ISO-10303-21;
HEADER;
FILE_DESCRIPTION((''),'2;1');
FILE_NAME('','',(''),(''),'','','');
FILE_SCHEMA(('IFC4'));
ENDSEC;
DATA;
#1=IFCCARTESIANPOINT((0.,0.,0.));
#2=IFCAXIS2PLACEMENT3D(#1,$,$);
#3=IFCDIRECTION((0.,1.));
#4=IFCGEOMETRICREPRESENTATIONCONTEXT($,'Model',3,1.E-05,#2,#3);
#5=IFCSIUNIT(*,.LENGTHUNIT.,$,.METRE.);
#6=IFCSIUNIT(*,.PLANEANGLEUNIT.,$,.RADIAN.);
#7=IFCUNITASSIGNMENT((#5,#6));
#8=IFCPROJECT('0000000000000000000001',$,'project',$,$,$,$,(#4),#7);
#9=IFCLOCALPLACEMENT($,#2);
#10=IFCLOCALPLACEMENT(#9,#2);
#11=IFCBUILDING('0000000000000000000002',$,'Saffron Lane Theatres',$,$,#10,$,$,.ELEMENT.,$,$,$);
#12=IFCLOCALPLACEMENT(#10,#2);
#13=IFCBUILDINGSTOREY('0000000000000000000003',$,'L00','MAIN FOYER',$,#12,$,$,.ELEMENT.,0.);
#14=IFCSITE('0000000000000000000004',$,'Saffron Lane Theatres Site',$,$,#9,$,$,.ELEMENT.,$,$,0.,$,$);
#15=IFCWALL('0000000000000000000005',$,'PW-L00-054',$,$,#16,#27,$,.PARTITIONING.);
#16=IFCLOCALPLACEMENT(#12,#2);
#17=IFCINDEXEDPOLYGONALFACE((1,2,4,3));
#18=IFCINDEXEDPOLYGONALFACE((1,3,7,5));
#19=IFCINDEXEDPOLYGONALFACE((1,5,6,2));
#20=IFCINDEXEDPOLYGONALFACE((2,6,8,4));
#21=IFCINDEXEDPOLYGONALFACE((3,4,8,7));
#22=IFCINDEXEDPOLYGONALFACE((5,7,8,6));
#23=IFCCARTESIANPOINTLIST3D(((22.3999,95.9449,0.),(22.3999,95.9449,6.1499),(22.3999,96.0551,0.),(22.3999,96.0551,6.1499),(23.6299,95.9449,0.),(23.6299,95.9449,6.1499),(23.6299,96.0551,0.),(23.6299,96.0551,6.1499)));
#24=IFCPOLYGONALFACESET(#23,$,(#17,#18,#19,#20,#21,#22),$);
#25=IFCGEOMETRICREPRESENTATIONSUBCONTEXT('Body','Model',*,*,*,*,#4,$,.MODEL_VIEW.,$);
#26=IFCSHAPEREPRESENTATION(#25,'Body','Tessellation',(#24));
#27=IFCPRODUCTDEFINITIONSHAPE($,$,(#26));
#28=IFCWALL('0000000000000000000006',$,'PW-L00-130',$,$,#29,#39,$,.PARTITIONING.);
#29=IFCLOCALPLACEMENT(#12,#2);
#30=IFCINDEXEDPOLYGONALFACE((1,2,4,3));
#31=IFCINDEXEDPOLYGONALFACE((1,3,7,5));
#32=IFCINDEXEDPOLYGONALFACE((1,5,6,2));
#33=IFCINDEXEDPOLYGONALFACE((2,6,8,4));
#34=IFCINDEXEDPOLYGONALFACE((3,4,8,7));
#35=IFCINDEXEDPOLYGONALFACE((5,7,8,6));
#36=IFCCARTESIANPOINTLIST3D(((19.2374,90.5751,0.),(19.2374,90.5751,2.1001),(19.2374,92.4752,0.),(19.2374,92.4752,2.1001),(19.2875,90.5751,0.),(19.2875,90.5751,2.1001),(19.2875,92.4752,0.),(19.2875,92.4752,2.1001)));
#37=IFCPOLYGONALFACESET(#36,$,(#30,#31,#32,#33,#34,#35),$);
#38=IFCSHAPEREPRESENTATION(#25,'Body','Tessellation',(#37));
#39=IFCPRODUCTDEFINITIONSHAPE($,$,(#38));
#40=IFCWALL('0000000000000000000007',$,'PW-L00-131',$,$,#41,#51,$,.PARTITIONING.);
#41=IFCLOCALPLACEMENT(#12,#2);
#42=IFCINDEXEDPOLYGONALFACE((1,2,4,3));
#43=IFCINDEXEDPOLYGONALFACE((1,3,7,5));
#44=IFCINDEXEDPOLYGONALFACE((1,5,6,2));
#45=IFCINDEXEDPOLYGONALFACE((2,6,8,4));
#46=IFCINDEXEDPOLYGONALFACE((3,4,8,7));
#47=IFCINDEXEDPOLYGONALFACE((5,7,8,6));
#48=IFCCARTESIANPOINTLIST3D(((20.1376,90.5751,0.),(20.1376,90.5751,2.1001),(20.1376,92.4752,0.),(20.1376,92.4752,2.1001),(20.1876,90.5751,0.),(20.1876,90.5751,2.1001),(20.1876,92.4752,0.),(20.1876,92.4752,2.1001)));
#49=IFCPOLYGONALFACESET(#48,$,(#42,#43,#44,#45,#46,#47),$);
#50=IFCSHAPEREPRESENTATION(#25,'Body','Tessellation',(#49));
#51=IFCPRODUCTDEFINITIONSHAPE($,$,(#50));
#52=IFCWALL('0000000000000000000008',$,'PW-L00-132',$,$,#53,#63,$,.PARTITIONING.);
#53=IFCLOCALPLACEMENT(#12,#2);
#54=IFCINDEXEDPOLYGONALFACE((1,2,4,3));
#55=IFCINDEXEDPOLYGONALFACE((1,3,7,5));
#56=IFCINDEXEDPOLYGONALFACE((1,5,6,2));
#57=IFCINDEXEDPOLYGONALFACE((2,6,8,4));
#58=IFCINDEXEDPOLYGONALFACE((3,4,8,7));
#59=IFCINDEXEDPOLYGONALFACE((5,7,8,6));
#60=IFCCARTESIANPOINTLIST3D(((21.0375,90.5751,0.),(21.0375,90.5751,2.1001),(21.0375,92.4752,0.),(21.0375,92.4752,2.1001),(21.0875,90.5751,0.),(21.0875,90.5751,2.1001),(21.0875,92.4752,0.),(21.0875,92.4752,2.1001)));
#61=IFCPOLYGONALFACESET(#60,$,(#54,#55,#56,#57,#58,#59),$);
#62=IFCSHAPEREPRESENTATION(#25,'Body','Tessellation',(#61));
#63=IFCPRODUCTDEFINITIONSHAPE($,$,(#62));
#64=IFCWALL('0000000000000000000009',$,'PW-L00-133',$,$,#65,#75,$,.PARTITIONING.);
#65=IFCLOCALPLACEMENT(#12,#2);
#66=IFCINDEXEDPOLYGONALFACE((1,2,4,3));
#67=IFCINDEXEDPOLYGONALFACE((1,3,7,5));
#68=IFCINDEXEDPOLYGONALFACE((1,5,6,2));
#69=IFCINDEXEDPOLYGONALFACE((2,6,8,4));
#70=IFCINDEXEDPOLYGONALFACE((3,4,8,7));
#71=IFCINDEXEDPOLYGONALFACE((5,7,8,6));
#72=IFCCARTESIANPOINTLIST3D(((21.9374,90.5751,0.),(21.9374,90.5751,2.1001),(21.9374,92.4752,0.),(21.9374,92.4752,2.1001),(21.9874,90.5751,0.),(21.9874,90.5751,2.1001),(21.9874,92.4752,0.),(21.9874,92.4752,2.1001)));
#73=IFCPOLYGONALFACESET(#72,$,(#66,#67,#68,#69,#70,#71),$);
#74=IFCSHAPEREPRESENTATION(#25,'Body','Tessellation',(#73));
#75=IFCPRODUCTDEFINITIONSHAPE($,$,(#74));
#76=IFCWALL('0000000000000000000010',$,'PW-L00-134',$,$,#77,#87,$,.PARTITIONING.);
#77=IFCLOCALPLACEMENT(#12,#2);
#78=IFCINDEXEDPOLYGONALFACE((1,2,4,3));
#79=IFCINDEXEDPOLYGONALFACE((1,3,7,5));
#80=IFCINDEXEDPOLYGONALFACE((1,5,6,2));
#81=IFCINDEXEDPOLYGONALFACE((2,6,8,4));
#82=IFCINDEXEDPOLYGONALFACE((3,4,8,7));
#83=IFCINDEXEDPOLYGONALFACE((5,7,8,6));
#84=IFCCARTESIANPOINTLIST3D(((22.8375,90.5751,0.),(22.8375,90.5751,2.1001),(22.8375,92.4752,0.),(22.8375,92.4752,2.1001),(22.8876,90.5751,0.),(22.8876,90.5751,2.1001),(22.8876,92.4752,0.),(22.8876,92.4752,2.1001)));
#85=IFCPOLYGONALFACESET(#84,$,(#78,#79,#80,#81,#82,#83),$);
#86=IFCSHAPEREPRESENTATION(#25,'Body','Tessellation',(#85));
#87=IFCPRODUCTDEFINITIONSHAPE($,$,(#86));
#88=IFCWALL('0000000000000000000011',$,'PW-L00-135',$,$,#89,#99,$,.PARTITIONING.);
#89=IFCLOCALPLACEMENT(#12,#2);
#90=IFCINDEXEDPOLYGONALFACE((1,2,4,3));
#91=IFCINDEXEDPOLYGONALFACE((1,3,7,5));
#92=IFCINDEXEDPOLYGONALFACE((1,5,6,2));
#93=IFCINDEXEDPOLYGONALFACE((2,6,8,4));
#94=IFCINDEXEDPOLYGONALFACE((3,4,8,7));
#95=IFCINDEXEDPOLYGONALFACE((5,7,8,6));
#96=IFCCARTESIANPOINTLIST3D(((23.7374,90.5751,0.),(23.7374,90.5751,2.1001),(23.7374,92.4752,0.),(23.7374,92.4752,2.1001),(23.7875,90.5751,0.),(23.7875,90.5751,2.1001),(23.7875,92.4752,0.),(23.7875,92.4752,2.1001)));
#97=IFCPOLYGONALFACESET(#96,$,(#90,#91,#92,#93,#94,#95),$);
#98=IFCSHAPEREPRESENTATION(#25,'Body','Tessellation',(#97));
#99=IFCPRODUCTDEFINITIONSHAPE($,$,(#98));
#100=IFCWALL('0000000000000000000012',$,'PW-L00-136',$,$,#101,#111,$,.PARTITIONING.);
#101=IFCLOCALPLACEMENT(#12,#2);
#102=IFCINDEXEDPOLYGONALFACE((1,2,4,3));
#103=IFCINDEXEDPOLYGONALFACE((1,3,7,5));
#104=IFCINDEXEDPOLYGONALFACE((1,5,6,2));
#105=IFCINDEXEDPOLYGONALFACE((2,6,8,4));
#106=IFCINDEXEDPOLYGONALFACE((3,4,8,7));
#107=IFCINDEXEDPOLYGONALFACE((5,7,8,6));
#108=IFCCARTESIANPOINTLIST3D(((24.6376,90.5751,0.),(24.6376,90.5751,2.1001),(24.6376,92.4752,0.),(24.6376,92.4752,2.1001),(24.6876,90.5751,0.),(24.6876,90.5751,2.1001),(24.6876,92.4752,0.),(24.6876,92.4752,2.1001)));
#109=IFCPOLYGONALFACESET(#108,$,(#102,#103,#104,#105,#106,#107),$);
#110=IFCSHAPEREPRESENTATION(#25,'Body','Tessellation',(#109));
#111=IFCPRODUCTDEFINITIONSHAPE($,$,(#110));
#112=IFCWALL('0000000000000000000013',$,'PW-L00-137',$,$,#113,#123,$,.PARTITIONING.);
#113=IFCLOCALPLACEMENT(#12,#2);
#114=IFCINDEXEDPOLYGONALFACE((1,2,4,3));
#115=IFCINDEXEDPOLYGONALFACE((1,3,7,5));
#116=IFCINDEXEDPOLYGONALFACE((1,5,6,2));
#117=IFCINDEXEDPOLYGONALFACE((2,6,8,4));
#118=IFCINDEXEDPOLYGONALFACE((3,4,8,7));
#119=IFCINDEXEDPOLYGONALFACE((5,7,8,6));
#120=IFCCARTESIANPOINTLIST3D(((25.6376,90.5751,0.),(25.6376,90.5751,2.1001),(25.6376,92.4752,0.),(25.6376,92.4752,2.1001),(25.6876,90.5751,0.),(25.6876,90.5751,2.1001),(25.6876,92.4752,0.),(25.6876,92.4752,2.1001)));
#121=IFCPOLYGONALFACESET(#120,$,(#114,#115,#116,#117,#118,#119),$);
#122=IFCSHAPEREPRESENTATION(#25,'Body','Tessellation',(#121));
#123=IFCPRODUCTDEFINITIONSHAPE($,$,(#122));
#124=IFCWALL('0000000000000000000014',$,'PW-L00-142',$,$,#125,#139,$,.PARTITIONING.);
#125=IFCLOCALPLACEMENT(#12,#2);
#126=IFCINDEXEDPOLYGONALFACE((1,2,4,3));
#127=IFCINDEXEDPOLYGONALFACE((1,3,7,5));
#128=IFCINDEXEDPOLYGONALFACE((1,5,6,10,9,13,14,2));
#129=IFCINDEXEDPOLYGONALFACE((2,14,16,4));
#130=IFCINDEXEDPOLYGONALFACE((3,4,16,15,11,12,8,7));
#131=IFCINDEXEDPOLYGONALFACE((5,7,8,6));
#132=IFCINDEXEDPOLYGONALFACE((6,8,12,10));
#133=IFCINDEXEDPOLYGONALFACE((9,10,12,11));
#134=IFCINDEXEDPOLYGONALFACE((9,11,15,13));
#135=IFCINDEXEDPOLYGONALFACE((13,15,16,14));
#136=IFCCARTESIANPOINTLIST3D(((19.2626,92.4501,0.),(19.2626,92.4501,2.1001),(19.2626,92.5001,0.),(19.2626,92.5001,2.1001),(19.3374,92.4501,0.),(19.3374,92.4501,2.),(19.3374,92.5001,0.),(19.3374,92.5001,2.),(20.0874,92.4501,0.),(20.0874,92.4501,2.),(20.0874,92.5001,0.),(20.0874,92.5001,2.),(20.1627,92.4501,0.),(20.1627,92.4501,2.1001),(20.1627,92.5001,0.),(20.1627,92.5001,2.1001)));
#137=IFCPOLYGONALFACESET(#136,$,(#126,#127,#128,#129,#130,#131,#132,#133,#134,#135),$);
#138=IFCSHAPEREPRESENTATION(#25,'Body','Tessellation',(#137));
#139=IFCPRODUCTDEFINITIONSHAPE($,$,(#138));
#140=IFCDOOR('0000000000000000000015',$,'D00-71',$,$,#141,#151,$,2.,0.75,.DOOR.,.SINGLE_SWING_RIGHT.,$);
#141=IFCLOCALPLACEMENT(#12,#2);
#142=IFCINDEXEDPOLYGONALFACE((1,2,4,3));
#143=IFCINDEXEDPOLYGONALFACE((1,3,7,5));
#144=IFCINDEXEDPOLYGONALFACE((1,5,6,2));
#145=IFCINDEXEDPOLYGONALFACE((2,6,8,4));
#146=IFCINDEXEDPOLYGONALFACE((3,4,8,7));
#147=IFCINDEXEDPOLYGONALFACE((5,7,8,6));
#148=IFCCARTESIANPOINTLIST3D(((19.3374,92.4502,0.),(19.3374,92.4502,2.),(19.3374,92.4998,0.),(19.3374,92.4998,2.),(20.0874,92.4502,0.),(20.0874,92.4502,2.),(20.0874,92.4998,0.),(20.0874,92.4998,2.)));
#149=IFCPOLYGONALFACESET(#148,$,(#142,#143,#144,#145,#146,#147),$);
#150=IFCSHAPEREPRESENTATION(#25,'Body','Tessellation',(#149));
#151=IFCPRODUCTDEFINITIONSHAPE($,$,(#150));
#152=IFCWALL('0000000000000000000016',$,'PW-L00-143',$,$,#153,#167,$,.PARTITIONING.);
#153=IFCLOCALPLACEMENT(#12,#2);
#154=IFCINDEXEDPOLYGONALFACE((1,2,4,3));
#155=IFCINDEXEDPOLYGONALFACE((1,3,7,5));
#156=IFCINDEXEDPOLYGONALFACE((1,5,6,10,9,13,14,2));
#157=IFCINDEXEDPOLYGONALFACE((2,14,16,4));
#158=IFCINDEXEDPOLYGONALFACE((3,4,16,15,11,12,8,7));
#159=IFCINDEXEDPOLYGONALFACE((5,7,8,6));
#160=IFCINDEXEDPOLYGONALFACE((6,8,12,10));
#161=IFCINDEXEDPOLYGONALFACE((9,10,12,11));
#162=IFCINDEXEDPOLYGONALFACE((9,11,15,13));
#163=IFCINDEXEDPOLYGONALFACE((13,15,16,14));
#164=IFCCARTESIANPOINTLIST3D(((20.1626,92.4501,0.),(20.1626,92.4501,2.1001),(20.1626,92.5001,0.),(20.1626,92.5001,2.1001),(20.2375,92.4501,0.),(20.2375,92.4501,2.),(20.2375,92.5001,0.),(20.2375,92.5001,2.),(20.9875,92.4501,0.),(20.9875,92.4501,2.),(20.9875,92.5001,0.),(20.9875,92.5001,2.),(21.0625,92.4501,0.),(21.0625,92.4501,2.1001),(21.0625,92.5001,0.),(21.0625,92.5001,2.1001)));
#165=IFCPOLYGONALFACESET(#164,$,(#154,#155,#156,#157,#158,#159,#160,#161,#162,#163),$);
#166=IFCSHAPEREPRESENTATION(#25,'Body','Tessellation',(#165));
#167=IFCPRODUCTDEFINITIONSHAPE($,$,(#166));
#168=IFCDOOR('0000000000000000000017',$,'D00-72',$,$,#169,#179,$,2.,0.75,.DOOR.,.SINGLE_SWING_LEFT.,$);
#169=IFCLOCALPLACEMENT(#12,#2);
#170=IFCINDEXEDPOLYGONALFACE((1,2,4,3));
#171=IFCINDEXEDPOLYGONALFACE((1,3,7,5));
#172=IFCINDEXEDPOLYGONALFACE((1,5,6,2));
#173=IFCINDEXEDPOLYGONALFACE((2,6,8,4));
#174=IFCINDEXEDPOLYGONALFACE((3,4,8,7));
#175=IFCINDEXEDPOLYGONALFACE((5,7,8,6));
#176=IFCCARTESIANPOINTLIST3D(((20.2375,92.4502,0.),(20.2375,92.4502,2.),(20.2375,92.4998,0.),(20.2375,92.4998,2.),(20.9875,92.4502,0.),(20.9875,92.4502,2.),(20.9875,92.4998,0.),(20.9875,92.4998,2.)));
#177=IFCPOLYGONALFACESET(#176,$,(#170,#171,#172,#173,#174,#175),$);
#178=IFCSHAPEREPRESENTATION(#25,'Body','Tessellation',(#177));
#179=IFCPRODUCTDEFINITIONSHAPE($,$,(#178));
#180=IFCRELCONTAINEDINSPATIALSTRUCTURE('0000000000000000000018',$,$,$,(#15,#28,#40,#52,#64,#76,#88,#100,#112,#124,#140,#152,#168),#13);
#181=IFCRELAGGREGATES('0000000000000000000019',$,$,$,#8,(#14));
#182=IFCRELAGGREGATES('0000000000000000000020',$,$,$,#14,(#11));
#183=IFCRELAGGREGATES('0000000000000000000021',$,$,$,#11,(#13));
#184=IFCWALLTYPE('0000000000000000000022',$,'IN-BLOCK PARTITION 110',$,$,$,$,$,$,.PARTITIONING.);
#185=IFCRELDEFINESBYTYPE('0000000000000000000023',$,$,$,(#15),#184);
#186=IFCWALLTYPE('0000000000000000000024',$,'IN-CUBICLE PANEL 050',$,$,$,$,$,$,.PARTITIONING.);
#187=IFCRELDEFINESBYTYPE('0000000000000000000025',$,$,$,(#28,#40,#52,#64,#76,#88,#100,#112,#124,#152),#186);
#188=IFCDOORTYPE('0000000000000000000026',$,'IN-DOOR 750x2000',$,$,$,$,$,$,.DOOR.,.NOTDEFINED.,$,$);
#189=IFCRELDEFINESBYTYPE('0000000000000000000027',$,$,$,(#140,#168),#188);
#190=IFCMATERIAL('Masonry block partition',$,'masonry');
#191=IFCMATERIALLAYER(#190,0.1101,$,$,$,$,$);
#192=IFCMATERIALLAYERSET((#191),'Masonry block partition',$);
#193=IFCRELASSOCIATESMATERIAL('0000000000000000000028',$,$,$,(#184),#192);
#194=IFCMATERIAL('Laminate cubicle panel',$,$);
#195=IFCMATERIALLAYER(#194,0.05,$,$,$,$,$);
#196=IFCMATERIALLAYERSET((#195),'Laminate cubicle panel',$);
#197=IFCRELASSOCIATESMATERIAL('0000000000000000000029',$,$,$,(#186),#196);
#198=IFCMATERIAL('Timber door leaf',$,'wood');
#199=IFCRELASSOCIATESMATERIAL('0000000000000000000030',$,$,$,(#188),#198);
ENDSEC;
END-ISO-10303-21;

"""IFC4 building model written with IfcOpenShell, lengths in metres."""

from ifc_helpers import new_model, si_unit, direction, frame, frame_2d, origin, place, context, subcontext, project, spatial, rectangle, extrude, material, layer, layer_set, type_object, element, fill, save


model = new_model("IFC4")

# Units and contexts
model_context = context("Model", 3, precision=1e-05, world=origin(), true_north=direction((0.0, 1.0)))
body_context = subcontext(model_context, "Body", "Model", "MODEL_VIEW")
ifc_project = project(units=[si_unit("LENGTHUNIT", "METRE"), si_unit("PLANEANGLEUNIT", "RADIAN")], contexts=[model_context])

# Site, building, storey
site_placement = place(None, origin())
site = spatial("IfcSite", under=ifc_project, at=site_placement, Name="Saffron Lane Theatres Site", CompositionType="ELEMENT", RefElevation=0.0)
building_placement = place(site_placement, origin())
building = spatial("IfcBuilding", under=site, at=building_placement, Name="Saffron Lane Theatres", CompositionType="ELEMENT")
storey_placement = place(building_placement, origin())
storey = spatial("IfcBuildingStorey", under=building, at=storey_placement, Name="L00", Description="MAIN FOYER", CompositionType="ELEMENT", Elevation=0.0)

# Walls
ifc_material_1 = material(Name="Masonry block partition", Category="masonry")
ifc_layer_1 = layer(ifc_material_1, 0.1101)
ifc_layer_set_1 = layer_set([ifc_layer_1], Name="Masonry block partition")
wall_type_1 = type_object("IfcWallType", Name="IN-BLOCK PARTITION 110", PredefinedType="PARTITIONING", material=ifc_layer_set_1)
wall_1_placement = place(storey_placement, frame((22.3999, 96.0, 0.0), z_axis=(0.0, 0.0, 1.0), x_axis=(1.0, 0.0, 0.0)))
element("IfcWall", 1, at=wall_1_placement, inside=storey, type_object=wall_type_1, Name="PW-L00-054", PredefinedType="PARTITIONING", context=body_context, shape_type="SweptSolid", body=[
    extrude(rectangle(XDim=1.23, YDim=0.1101, at=frame_2d((0.615, 0.0))), origin(), (0.0, 0.0, 1.0), 6.1499),
])
ifc_material_2 = material(Name="Laminate cubicle panel")
ifc_layer_2 = layer(ifc_material_2, 0.05)
ifc_layer_set_2 = layer_set([ifc_layer_2], Name="Laminate cubicle panel")
wall_type_2 = type_object("IfcWallType", Name="IN-CUBICLE PANEL 050", PredefinedType="PARTITIONING", material=ifc_layer_set_2)
for number, where, z_axis, x_axis, name in (
    (2, (19.2625, 90.575, 0.0), (0.0, 0.0, 1.0), (0.0, 1.0, 0.0), "PW-L00-130"),
    (3, (20.1626, 90.575, 0.0), (0.0, 0.0, 1.0), (0.0, 1.0, 0.0), "PW-L00-131"),
    (4, (21.0625, 90.575, 0.0), (0.0, 0.0, 1.0), (0.0, 1.0, 0.0), "PW-L00-132"),
    (5, (21.9624, 90.575, 0.0), (0.0, 0.0, 1.0), (0.0, 1.0, 0.0), "PW-L00-133"),
    (6, (22.8625, 90.575, 0.0), (0.0, 0.0, 1.0), (0.0, 1.0, 0.0), "PW-L00-134"),
    (7, (23.7625, 90.575, 0.0), (0.0, 0.0, 1.0), (0.0, 1.0, 0.0), "PW-L00-135"),
    (8, (24.6626, 90.575, 0.0), (0.0, 0.0, 1.0), (0.0, 1.0, 0.0), "PW-L00-136"),
    (9, (25.6626, 90.575, 0.0), (0.0, 0.0, 1.0), (0.0, 1.0, 0.0), "PW-L00-137"),
):
    element("IfcWall", number, at=place(storey_placement, frame(where, z_axis=z_axis, x_axis=x_axis)), inside=storey, type_object=wall_type_2, Name=name, PredefinedType="PARTITIONING", context=body_context, shape_type="SweptSolid", body=[
        extrude(rectangle(XDim=1.9001, YDim=0.05, at=frame_2d((0.9502, 0.0))), origin(), (0.0, 0.0, 1.0), 2.1001),
    ])

# Walls, openings, doors
wall_2_placement = place(storey_placement, frame((19.2625, 92.4751, 0.0), z_axis=(0.0, 0.0, 1.0), x_axis=(1.0, 0.0, 0.0)))
wall_2 = element("IfcWall", 10, at=wall_2_placement, inside=storey, type_object=wall_type_2, Name="PW-L00-142", PredefinedType="PARTITIONING", context=body_context, shape_type="SweptSolid", body=[
    extrude(rectangle(XDim=0.9001, YDim=0.05, at=frame_2d((0.4502, 0.0))), origin(), (0.0, 0.0, 1.0), 2.1001),
])
opening_1_placement = place(wall_2_placement, frame((0.075, 0.0, 0.0)))
opening_1 = element("IfcOpeningElement", 11, at=opening_1_placement, cuts=wall_2, PredefinedType="OPENING", context=body_context, shape_type="SweptSolid", body=[
    extrude(rectangle(XDim=0.75, YDim=2.0, at=frame_2d((0.375, 1.0))), frame((0.0, 0.0352, 0.0), z_axis=(0.0, -1.0, 0.0), x_axis=(1.0, 0.0, 0.0)), (0.0, 0.0, 1.0), 0.0701),
])
ifc_material_3 = material(Name="Timber door leaf", Category="wood")
door_type_1 = type_object("IfcDoorType", Name="IN-DOOR 750x2000", OperationType="NOTDEFINED", PredefinedType="DOOR", material=ifc_material_3)
door_1_placement = place(opening_1_placement, frame((0.75, 0.0, 0.0), z_axis=(0.0, 0.0, 1.0), x_axis=(-1.0, 0.0, 0.0)))
door_1 = element("IfcDoor", 12, at=door_1_placement, inside=storey, type_object=door_type_1, Name="D00-71", OperationType="SINGLE_SWING_RIGHT", OverallHeight=2.0, OverallWidth=0.75, PredefinedType="DOOR", context=body_context, shape_type="SweptSolid", body=[
    extrude(rectangle(XDim=0.75, YDim=2.0, at=frame_2d((0.375, 1.0))), frame((0.0, 0.0249, 0.0), z_axis=(0.0, -1.0, 0.0), x_axis=(1.0, 0.0, 0.0)), (0.0, 0.0, 1.0), 0.0496),
])
fill(opening_1, door_1)
wall_3_placement = place(storey_placement, frame((20.1626, 92.4751, 0.0), z_axis=(0.0, 0.0, 1.0), x_axis=(1.0, 0.0, 0.0)))
wall_3 = element("IfcWall", 13, at=wall_3_placement, inside=storey, type_object=wall_type_2, Name="PW-L00-143", PredefinedType="PARTITIONING", context=body_context, shape_type="SweptSolid", body=[
    extrude(rectangle(XDim=0.8999, YDim=0.05, at=frame_2d((0.45, 0.0))), origin(), (0.0, 0.0, 1.0), 2.1001),
])
opening_2_placement = place(wall_3_placement, frame((0.075, 0.0, 0.0)))
opening_2 = element("IfcOpeningElement", 14, at=opening_2_placement, cuts=wall_3, PredefinedType="OPENING", context=body_context, shape_type="SweptSolid", body=[
    extrude(rectangle(XDim=0.75, YDim=2.0, at=frame_2d((0.375, 1.0))), frame((0.0, 0.0352, 0.0), z_axis=(0.0, -1.0, 0.0), x_axis=(1.0, 0.0, 0.0)), (0.0, 0.0, 1.0), 0.0701),
])
door_2_placement = place(opening_2_placement, frame((0.75, 0.0, 0.0), z_axis=(0.0, 0.0, 1.0), x_axis=(-1.0, 0.0, 0.0)))
door_2 = element("IfcDoor", 15, at=door_2_placement, inside=storey, type_object=door_type_1, Name="D00-72", OperationType="SINGLE_SWING_LEFT", OverallHeight=2.0, OverallWidth=0.75, PredefinedType="DOOR", context=body_context, shape_type="SweptSolid", body=[
    extrude(rectangle(XDim=0.75, YDim=2.0, at=frame_2d((0.375, 1.0))), frame((0.0, 0.0249, 0.0), z_axis=(0.0, -1.0, 0.0), x_axis=(1.0, 0.0, 0.0)), (0.0, 0.0, 1.0), 0.0496),
])
fill(opening_2, door_2)

save(model, "model.ifc")
